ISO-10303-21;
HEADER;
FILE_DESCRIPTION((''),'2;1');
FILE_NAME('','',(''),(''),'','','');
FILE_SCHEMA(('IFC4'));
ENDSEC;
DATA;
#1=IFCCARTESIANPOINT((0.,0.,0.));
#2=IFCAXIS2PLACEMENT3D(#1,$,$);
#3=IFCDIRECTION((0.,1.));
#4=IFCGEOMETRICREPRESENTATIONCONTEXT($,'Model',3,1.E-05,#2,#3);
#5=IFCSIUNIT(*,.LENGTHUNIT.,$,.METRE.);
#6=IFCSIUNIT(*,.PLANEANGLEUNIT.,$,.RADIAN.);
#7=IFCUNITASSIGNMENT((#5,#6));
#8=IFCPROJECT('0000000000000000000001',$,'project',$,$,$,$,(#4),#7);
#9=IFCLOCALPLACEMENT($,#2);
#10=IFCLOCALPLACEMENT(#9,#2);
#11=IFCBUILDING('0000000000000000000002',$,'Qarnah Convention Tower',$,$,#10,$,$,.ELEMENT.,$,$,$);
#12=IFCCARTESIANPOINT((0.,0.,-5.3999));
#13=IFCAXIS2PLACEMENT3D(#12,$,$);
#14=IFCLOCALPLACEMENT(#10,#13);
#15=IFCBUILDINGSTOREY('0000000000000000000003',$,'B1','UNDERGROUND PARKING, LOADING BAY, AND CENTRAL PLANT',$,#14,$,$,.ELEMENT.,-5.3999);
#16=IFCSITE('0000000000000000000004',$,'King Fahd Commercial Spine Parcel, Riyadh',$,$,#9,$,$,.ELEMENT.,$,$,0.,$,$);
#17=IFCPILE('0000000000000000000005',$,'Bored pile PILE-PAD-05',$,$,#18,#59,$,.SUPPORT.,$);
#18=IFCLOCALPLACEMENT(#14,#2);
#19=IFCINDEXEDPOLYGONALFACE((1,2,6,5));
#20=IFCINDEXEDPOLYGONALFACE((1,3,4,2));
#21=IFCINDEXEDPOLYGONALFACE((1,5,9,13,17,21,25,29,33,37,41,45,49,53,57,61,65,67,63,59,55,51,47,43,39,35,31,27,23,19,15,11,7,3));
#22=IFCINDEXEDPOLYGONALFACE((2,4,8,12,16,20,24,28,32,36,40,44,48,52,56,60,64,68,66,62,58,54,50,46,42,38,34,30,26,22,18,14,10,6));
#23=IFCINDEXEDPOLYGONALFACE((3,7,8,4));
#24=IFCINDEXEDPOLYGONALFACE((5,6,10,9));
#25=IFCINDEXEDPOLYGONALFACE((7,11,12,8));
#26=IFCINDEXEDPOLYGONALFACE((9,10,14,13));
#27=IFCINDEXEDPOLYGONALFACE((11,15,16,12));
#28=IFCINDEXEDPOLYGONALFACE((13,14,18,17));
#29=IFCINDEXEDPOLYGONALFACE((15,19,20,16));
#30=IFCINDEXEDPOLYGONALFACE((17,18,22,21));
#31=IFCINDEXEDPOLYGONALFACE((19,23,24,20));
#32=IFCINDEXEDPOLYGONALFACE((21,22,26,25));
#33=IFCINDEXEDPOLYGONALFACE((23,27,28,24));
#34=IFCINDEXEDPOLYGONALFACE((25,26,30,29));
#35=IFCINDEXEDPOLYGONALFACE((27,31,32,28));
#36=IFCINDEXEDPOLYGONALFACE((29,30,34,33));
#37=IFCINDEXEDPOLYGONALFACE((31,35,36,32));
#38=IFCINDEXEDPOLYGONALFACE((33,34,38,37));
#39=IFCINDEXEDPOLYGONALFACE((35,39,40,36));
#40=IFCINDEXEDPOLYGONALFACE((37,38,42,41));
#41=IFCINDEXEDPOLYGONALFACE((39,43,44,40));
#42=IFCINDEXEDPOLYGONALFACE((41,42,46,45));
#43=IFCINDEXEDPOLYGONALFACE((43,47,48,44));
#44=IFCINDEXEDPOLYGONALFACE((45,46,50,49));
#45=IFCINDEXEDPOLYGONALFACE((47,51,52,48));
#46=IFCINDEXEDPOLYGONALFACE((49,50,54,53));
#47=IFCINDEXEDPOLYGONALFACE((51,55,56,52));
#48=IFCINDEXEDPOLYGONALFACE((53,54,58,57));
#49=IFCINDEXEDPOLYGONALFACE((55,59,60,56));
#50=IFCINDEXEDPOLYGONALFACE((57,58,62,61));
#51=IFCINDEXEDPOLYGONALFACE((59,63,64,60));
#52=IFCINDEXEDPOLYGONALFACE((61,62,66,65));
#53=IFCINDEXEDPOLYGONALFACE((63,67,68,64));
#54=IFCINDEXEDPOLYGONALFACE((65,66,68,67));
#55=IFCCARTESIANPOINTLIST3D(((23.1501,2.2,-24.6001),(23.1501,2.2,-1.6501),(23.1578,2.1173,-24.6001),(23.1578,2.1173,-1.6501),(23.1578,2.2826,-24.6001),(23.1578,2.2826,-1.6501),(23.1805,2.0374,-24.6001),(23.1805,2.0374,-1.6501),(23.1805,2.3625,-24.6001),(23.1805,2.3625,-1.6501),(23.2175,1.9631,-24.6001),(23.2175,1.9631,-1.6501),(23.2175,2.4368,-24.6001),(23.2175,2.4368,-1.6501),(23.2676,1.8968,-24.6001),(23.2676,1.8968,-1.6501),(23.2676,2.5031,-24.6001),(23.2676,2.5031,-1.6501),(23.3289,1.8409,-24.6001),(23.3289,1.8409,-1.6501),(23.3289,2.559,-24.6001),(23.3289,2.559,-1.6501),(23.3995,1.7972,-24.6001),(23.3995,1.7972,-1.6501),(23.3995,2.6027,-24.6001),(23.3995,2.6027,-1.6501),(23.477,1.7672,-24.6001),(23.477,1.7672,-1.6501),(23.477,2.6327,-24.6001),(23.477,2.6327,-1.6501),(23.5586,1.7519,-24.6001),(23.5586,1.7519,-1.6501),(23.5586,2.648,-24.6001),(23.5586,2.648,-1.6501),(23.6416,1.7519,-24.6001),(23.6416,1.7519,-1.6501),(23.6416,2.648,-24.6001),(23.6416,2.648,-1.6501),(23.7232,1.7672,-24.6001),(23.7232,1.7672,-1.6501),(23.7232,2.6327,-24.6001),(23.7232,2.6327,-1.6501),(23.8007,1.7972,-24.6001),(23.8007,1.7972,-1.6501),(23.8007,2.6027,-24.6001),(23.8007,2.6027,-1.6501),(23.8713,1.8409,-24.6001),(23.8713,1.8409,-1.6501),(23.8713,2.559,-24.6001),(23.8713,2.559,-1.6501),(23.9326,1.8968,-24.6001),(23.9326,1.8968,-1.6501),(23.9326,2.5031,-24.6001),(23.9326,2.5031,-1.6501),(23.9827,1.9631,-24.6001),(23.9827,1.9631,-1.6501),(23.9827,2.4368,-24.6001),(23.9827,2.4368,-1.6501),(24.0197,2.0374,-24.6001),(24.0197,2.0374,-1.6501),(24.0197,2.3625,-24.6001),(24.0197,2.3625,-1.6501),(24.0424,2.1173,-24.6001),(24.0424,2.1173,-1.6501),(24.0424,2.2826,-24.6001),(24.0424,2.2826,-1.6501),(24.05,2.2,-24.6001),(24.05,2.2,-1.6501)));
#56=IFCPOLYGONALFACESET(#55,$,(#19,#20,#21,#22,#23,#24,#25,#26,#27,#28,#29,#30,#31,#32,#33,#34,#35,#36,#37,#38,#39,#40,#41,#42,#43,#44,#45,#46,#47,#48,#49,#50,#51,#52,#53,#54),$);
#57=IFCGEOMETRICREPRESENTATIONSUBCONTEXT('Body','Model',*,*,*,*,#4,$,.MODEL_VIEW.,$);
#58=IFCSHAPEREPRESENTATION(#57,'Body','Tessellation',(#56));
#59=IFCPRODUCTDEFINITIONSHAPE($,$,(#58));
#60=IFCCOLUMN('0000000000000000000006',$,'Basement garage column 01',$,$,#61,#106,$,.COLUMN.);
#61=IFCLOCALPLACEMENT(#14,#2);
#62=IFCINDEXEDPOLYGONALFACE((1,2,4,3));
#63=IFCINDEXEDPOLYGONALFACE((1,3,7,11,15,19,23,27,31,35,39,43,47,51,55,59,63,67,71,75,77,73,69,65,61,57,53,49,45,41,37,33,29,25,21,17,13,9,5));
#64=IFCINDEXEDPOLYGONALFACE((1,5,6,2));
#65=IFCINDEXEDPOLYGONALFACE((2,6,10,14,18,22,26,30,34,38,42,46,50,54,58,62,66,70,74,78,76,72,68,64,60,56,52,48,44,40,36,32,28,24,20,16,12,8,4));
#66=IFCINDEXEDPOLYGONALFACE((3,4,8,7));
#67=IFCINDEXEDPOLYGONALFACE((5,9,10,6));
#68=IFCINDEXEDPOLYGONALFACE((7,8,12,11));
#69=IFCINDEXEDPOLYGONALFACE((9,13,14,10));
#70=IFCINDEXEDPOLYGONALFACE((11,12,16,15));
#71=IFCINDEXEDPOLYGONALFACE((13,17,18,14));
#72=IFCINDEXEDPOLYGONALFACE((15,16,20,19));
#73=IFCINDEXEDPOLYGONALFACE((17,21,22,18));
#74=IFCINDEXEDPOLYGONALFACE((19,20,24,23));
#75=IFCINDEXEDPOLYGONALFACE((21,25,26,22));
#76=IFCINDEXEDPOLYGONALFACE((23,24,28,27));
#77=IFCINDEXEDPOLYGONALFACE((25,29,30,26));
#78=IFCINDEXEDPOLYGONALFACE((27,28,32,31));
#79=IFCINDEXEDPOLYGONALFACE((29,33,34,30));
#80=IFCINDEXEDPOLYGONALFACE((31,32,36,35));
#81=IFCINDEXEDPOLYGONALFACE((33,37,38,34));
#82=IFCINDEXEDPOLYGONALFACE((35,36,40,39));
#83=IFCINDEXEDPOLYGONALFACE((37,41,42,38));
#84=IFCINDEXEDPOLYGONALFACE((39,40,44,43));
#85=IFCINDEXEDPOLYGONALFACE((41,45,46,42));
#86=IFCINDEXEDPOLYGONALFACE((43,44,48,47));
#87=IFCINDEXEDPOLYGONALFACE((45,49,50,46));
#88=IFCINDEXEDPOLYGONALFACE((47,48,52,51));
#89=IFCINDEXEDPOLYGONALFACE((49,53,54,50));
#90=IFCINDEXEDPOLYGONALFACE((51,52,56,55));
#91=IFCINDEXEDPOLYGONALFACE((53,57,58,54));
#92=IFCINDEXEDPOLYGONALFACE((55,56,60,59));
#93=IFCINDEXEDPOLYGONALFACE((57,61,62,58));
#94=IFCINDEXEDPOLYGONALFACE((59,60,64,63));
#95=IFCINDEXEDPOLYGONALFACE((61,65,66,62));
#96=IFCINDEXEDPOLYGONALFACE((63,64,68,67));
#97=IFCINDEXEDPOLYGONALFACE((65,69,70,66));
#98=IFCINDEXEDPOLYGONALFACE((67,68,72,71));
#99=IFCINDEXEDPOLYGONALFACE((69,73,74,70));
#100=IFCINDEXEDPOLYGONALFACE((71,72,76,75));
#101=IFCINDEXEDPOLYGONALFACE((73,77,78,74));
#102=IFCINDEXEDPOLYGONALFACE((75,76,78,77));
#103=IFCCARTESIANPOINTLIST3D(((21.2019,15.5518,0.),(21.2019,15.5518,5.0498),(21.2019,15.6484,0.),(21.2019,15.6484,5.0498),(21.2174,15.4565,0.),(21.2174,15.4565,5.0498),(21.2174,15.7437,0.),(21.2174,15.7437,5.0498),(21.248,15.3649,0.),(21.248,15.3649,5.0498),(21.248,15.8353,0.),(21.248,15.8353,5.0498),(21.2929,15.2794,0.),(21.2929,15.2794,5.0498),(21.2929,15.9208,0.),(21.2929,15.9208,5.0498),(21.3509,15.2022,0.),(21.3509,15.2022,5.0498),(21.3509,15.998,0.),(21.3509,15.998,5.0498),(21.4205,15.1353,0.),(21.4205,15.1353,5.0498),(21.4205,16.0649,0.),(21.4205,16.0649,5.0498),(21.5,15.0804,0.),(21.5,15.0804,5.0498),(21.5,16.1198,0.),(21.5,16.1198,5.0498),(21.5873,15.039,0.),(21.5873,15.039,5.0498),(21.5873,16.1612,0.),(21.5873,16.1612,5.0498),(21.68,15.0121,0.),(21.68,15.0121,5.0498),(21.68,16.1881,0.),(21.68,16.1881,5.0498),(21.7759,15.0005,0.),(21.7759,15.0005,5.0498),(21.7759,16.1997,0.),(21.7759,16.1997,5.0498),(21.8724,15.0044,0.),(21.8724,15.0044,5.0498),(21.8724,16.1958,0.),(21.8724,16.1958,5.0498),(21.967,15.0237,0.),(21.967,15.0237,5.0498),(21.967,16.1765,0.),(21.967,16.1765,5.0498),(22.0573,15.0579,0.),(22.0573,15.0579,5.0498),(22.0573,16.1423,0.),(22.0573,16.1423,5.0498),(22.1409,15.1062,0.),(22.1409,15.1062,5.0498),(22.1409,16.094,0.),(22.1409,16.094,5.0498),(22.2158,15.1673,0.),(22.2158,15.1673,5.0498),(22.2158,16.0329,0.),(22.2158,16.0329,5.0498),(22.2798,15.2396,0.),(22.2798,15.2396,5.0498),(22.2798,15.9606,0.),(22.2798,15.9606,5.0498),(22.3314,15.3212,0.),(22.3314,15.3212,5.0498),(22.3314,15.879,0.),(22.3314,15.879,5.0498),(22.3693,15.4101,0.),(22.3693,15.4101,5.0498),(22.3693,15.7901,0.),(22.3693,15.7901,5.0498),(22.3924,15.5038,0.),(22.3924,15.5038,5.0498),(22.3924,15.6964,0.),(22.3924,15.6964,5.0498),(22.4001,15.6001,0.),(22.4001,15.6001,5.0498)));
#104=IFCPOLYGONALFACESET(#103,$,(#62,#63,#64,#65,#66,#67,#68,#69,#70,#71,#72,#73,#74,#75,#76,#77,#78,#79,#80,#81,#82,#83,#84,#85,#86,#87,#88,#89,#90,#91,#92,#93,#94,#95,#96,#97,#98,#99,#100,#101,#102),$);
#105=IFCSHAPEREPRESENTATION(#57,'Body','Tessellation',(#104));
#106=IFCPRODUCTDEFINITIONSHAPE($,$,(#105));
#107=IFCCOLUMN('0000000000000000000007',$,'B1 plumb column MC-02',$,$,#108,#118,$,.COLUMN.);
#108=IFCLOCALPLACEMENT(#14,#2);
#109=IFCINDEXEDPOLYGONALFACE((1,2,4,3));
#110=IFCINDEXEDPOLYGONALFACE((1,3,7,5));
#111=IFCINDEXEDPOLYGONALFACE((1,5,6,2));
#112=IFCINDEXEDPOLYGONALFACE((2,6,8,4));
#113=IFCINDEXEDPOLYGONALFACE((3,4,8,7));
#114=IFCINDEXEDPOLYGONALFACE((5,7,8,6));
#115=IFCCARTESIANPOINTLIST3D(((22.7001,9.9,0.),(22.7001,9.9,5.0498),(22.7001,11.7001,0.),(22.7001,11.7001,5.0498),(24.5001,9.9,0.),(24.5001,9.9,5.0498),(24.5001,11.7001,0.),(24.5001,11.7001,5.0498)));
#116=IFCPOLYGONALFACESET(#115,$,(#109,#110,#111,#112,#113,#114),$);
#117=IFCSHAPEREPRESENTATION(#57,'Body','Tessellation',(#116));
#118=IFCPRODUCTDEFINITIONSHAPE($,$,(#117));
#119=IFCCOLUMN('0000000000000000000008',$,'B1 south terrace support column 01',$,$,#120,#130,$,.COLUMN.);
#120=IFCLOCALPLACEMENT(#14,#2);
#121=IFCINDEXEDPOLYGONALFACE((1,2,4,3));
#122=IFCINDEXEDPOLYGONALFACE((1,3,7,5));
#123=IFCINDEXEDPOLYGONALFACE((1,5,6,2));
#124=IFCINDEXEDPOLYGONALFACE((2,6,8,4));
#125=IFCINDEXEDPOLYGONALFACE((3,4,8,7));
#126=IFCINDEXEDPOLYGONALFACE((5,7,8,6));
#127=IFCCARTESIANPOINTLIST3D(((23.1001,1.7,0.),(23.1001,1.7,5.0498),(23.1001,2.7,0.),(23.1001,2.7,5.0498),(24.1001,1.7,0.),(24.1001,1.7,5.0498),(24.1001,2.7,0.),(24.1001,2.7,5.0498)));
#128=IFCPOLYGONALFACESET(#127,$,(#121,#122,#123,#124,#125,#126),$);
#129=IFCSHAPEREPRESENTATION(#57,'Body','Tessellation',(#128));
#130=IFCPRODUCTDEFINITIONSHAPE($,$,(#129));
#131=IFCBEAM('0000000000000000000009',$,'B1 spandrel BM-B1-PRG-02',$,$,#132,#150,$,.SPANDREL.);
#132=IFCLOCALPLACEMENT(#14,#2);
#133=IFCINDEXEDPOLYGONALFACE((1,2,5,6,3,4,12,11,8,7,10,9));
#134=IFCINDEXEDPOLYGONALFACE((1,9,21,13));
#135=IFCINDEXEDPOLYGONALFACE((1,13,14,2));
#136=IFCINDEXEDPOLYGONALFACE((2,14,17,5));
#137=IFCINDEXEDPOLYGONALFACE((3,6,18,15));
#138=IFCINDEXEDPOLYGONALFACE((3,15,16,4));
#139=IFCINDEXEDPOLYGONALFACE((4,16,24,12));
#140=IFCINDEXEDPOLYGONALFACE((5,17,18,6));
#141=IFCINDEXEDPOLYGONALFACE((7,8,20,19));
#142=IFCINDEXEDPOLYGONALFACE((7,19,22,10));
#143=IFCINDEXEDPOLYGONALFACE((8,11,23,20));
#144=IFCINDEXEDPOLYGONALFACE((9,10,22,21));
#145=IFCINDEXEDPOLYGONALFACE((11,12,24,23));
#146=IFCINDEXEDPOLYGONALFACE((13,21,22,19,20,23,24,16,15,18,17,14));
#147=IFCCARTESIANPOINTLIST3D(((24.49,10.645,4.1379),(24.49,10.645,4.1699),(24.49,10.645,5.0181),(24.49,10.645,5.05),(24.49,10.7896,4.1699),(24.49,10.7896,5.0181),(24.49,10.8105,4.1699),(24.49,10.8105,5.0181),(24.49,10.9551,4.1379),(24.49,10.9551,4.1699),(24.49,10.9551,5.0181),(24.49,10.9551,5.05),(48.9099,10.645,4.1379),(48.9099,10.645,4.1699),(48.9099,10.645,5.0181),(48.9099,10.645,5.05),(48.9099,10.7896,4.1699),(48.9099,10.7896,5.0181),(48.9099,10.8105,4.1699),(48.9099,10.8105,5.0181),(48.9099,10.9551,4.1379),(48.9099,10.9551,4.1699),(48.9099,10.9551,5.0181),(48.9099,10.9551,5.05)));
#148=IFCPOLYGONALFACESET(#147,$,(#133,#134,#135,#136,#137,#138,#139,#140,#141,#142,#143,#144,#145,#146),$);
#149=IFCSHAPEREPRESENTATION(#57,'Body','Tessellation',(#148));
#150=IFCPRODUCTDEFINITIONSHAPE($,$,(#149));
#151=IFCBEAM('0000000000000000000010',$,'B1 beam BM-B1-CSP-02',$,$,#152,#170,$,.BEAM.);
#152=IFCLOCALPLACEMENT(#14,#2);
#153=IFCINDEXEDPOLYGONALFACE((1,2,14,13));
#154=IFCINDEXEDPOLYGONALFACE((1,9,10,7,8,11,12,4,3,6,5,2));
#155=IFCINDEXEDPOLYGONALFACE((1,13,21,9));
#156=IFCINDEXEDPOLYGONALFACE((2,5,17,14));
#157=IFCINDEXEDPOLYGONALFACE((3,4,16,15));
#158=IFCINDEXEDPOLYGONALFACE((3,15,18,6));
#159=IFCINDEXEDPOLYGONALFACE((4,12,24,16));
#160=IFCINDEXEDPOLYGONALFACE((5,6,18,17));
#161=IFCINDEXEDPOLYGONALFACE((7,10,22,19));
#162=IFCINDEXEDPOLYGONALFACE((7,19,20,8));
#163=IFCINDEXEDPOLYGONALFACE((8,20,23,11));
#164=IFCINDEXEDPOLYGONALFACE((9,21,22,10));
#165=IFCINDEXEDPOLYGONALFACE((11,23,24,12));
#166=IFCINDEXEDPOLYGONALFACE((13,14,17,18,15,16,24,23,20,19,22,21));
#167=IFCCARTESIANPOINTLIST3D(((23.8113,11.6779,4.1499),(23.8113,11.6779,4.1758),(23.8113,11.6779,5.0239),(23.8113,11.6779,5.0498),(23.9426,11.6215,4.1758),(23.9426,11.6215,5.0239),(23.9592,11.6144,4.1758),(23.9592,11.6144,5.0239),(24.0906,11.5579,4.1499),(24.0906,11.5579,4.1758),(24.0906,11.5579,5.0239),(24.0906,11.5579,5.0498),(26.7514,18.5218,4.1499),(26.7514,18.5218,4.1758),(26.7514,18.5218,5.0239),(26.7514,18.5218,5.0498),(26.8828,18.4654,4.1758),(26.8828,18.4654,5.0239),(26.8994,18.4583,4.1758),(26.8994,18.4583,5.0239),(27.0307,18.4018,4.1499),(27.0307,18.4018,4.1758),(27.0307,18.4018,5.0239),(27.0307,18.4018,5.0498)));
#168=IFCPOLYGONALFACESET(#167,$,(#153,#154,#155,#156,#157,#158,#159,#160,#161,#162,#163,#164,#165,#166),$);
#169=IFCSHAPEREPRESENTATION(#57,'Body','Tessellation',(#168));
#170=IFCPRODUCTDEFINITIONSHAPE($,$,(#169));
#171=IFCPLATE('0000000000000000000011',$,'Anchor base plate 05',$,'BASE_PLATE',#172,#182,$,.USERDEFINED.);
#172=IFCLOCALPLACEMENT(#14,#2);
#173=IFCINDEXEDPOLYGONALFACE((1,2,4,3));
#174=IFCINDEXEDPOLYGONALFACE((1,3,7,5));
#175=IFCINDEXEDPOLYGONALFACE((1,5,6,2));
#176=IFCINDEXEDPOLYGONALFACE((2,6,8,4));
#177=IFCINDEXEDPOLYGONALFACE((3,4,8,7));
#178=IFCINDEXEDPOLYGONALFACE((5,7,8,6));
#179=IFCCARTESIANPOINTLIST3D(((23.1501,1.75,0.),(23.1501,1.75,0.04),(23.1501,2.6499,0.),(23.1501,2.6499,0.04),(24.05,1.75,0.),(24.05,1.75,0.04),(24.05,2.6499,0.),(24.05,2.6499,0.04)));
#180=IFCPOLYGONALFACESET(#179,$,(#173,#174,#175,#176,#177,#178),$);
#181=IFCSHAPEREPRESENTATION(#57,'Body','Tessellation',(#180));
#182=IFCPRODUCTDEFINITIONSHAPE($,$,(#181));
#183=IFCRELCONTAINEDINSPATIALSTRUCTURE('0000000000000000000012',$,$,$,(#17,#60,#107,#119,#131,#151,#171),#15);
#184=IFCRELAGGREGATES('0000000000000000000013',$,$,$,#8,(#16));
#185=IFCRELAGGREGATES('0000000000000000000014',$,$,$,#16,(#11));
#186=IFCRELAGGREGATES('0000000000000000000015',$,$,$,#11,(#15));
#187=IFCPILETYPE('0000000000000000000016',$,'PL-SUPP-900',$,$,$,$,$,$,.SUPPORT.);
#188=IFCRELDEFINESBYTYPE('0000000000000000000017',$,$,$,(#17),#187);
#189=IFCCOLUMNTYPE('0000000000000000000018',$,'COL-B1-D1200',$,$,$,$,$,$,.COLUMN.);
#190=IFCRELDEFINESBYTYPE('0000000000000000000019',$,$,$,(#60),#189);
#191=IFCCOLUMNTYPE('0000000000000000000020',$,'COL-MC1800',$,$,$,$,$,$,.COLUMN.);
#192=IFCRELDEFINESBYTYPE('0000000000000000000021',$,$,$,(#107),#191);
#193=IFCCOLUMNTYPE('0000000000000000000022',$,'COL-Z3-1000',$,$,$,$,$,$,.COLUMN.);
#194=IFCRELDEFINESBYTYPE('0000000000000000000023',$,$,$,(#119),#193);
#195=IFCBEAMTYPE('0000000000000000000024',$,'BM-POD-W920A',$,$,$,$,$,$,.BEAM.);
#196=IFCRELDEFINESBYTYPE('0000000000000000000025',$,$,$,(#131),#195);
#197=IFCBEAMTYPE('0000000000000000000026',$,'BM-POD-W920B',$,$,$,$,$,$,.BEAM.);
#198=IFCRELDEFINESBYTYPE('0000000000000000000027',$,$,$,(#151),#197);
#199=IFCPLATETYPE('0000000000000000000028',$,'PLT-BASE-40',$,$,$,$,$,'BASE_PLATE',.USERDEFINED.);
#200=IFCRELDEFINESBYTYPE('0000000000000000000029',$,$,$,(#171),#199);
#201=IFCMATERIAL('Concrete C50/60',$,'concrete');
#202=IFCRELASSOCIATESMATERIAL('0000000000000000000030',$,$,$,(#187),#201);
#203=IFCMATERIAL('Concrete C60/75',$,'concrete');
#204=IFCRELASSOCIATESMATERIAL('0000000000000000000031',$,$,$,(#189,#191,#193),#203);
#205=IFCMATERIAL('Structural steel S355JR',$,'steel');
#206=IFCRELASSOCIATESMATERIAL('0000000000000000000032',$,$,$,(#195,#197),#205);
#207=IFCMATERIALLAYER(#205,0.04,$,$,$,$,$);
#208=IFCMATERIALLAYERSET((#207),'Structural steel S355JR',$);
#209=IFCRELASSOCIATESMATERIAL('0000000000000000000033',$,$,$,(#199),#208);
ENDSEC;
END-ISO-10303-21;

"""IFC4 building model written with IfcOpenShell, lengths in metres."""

from ifc_helpers import new_model, si_unit, direction, frame, origin, origin_2d, place, context, subcontext, project, spatial, rectangle, circle, i_section, extrude, material, layer, layer_set, material_profile, profile_set, type_object, element, save


model = new_model("IFC4")

# Units and contexts
model_context = context("Model", 3, precision=1e-05, world=origin(), true_north=direction((0.0, 1.0)))
body_context = subcontext(model_context, "Body", "Model", "MODEL_VIEW")
ifc_project = project(units=[si_unit("LENGTHUNIT", "METRE"), si_unit("PLANEANGLEUNIT", "RADIAN")], contexts=[model_context])

# Site, building, storey
site_placement = place(None, origin())
site = spatial("IfcSite", under=ifc_project, at=site_placement, Name="King Fahd Commercial Spine Parcel, Riyadh", CompositionType="ELEMENT", RefElevation=0.0)
building_placement = place(site_placement, origin())
building = spatial("IfcBuilding", under=site, at=building_placement, Name="Qarnah Convention Tower", CompositionType="ELEMENT")
storey_placement = place(building_placement, frame((0.0, 0.0, -5.3999)))
storey = spatial("IfcBuildingStorey", under=building, at=storey_placement, Name="B1", Description="UNDERGROUND PARKING, LOADING BAY, AND CENTRAL PLANT", CompositionType="ELEMENT", Elevation=-5.3999)

# Shared definitions
ifc_material_1 = material(Name="Concrete C50/60", Category="concrete")

# Pile
ifc_material_profile_1 = material_profile(ifc_material_1, circle(Radius=0.45, at=origin_2d()), Name="PILE-D900")
ifc_profile_set_1 = profile_set([ifc_material_profile_1], Name="Concrete C50/60")
pile_type_1 = type_object("IfcPileType", Name="PL-SUPP-900", PredefinedType="SUPPORT", material=ifc_profile_set_1)
pile_placement = place(storey_placement, frame((23.6001, 2.2, -1.6501), z_axis=(0.0, 0.0, -1.0), x_axis=(1.0, 0.0, 0.0)))
element("IfcPile", 1, at=pile_placement, inside=storey, type_object=pile_type_1, Name="Bored pile PILE-PAD-05", PredefinedType="SUPPORT", context=body_context, shape_type="SweptSolid", body=[
    extrude(circle(Radius=0.45, at=origin_2d()), origin(), (0.0, 0.0, 1.0), 22.95),
])

# Columns
ifc_material_2 = material(Name="Concrete C60/75", Category="concrete")
ifc_material_profile_2 = material_profile(ifc_material_2, circle(Radius=0.6001, at=origin_2d()), Name="RC-COL-D1200")
ifc_profile_set_2 = profile_set([ifc_material_profile_2], Name="Concrete C60/75")
column_type_1 = type_object("IfcColumnType", Name="COL-B1-D1200", PredefinedType="COLUMN", material=ifc_profile_set_2)
column_1_placement = place(storey_placement, frame((21.8, 15.6001, 0.0), z_axis=(0.0, 0.0, 1.0), x_axis=(1.0, 0.0, 0.0)))
element("IfcColumn", 2, at=column_1_placement, inside=storey, type_object=column_type_1, Name="Basement garage column 01", PredefinedType="COLUMN", context=body_context, shape_type="SweptSolid", body=[
    extrude(circle(Radius=0.6001, at=origin_2d()), origin(), (0.0, 0.0, 1.0), 5.0498),
])
ifc_material_profile_3 = material_profile(ifc_material_2, rectangle(XDim=1.8, YDim=1.8, at=origin_2d()), Name="RC-COL-1800X1800")
ifc_profile_set_3 = profile_set([ifc_material_profile_3], Name="Concrete C60/75")
column_type_2 = type_object("IfcColumnType", Name="COL-MC1800", PredefinedType="COLUMN", material=ifc_profile_set_3)
column_2_placement = place(storey_placement, frame((23.6001, 10.8, 0.0), z_axis=(0.0, 0.0, 1.0), x_axis=(1.0, 0.0, 0.0)))
element("IfcColumn", 3, at=column_2_placement, inside=storey, type_object=column_type_2, Name="B1 plumb column MC-02", PredefinedType="COLUMN", context=body_context, shape_type="SweptSolid", body=[
    extrude(rectangle(XDim=1.8, YDim=1.8, at=origin_2d()), origin(), (0.0, 0.0, 1.0), 5.0498),
])
ifc_material_profile_4 = material_profile(ifc_material_2, rectangle(XDim=1.0, YDim=1.0, at=origin_2d()), Name="RC-COL-1000X1000")
ifc_profile_set_4 = profile_set([ifc_material_profile_4], Name="Concrete C60/75")
column_type_3 = type_object("IfcColumnType", Name="COL-Z3-1000", PredefinedType="COLUMN", material=ifc_profile_set_4)
column_3_placement = place(storey_placement, frame((23.6001, 2.2, 0.0), z_axis=(0.0, 0.0, 1.0), x_axis=(1.0, 0.0, 0.0)))
element("IfcColumn", 4, at=column_3_placement, inside=storey, type_object=column_type_3, Name="B1 south terrace support column 01", PredefinedType="COLUMN", context=body_context, shape_type="SweptSolid", body=[
    extrude(rectangle(XDim=1.0, YDim=1.0, at=origin_2d()), origin(), (0.0, 0.0, 1.0), 5.0498),
])

# Beams
ifc_material_3 = material(Name="Structural steel S355JR", Category="steel")
ifc_material_profile_5 = material_profile(ifc_material_3, i_section(OverallWidth=0.3101, OverallDepth=0.9121, WebThickness=0.021, FlangeThickness=0.032, at=origin_2d()), Name="W920X342")
ifc_profile_set_5 = profile_set([ifc_material_profile_5], Name="Structural steel S355JR")
beam_type_1 = type_object("IfcBeamType", Name="BM-POD-W920A", PredefinedType="BEAM", material=ifc_profile_set_5)
beam_1_placement = place(storey_placement, frame((24.49, 10.8, 4.594), z_axis=(1.0, 0.0, 0.0), x_axis=(0.0, 1.0, 0.0)))
element("IfcBeam", 5, at=beam_1_placement, inside=storey, type_object=beam_type_1, Name="B1 spandrel BM-B1-PRG-02", PredefinedType="SPANDREL", context=body_context, shape_type="SweptSolid", body=[
    extrude(i_section(OverallWidth=0.3101, OverallDepth=0.9121, WebThickness=0.021, FlangeThickness=0.032, at=origin_2d()), origin(), (0.0, 0.0, 1.0), 24.4199),
])
ifc_material_profile_6 = material_profile(ifc_material_3, i_section(OverallWidth=0.304, OverallDepth=0.8999, WebThickness=0.0181, FlangeThickness=0.0259, at=origin_2d()), Name="W920X271")
ifc_profile_set_6 = profile_set([ifc_material_profile_6], Name="Structural steel S355JR")
beam_type_2 = type_object("IfcBeamType", Name="BM-POD-W920B", PredefinedType="BEAM", material=ifc_profile_set_6)
beam_2_placement = place(storey_placement, frame((23.9509, 11.6179, 4.5999), z_axis=(0.394718, 0.918802, 0.0), x_axis=(-0.918802, 0.394718, 0.0)))
element("IfcBeam", 6, at=beam_2_placement, inside=storey, type_object=beam_type_2, Name="B1 beam BM-B1-CSP-02", PredefinedType="BEAM", context=body_context, shape_type="SweptSolid", body=[
    extrude(i_section(OverallWidth=0.304, OverallDepth=0.8999, WebThickness=0.0181, FlangeThickness=0.0259, at=origin_2d()), origin(), (0.0, 0.0, 1.0), 7.4487),
])

# Plate
ifc_layer_1 = layer(ifc_material_3, 0.04)
ifc_layer_set_1 = layer_set([ifc_layer_1], Name="Structural steel S355JR")
plate_type = type_object("IfcPlateType", Name="PLT-BASE-40", ElementType="BASE_PLATE", PredefinedType="USERDEFINED", material=ifc_layer_set_1)
plate_placement = place(storey_placement, frame((23.6001, 2.2, 0.0), z_axis=(0.0, 0.0, 1.0), x_axis=(1.0, 0.0, 0.0)))
element("IfcPlate", 7, at=plate_placement, inside=storey, type_object=plate_type, Name="Anchor base plate 05", ObjectType="BASE_PLATE", PredefinedType="USERDEFINED", context=body_context, shape_type="SweptSolid", body=[
    extrude(rectangle(XDim=0.8999, YDim=0.8999, at=origin_2d()), origin(), (0.0, 0.0, 1.0), 0.04),
])

save(model, "model.ifc")
